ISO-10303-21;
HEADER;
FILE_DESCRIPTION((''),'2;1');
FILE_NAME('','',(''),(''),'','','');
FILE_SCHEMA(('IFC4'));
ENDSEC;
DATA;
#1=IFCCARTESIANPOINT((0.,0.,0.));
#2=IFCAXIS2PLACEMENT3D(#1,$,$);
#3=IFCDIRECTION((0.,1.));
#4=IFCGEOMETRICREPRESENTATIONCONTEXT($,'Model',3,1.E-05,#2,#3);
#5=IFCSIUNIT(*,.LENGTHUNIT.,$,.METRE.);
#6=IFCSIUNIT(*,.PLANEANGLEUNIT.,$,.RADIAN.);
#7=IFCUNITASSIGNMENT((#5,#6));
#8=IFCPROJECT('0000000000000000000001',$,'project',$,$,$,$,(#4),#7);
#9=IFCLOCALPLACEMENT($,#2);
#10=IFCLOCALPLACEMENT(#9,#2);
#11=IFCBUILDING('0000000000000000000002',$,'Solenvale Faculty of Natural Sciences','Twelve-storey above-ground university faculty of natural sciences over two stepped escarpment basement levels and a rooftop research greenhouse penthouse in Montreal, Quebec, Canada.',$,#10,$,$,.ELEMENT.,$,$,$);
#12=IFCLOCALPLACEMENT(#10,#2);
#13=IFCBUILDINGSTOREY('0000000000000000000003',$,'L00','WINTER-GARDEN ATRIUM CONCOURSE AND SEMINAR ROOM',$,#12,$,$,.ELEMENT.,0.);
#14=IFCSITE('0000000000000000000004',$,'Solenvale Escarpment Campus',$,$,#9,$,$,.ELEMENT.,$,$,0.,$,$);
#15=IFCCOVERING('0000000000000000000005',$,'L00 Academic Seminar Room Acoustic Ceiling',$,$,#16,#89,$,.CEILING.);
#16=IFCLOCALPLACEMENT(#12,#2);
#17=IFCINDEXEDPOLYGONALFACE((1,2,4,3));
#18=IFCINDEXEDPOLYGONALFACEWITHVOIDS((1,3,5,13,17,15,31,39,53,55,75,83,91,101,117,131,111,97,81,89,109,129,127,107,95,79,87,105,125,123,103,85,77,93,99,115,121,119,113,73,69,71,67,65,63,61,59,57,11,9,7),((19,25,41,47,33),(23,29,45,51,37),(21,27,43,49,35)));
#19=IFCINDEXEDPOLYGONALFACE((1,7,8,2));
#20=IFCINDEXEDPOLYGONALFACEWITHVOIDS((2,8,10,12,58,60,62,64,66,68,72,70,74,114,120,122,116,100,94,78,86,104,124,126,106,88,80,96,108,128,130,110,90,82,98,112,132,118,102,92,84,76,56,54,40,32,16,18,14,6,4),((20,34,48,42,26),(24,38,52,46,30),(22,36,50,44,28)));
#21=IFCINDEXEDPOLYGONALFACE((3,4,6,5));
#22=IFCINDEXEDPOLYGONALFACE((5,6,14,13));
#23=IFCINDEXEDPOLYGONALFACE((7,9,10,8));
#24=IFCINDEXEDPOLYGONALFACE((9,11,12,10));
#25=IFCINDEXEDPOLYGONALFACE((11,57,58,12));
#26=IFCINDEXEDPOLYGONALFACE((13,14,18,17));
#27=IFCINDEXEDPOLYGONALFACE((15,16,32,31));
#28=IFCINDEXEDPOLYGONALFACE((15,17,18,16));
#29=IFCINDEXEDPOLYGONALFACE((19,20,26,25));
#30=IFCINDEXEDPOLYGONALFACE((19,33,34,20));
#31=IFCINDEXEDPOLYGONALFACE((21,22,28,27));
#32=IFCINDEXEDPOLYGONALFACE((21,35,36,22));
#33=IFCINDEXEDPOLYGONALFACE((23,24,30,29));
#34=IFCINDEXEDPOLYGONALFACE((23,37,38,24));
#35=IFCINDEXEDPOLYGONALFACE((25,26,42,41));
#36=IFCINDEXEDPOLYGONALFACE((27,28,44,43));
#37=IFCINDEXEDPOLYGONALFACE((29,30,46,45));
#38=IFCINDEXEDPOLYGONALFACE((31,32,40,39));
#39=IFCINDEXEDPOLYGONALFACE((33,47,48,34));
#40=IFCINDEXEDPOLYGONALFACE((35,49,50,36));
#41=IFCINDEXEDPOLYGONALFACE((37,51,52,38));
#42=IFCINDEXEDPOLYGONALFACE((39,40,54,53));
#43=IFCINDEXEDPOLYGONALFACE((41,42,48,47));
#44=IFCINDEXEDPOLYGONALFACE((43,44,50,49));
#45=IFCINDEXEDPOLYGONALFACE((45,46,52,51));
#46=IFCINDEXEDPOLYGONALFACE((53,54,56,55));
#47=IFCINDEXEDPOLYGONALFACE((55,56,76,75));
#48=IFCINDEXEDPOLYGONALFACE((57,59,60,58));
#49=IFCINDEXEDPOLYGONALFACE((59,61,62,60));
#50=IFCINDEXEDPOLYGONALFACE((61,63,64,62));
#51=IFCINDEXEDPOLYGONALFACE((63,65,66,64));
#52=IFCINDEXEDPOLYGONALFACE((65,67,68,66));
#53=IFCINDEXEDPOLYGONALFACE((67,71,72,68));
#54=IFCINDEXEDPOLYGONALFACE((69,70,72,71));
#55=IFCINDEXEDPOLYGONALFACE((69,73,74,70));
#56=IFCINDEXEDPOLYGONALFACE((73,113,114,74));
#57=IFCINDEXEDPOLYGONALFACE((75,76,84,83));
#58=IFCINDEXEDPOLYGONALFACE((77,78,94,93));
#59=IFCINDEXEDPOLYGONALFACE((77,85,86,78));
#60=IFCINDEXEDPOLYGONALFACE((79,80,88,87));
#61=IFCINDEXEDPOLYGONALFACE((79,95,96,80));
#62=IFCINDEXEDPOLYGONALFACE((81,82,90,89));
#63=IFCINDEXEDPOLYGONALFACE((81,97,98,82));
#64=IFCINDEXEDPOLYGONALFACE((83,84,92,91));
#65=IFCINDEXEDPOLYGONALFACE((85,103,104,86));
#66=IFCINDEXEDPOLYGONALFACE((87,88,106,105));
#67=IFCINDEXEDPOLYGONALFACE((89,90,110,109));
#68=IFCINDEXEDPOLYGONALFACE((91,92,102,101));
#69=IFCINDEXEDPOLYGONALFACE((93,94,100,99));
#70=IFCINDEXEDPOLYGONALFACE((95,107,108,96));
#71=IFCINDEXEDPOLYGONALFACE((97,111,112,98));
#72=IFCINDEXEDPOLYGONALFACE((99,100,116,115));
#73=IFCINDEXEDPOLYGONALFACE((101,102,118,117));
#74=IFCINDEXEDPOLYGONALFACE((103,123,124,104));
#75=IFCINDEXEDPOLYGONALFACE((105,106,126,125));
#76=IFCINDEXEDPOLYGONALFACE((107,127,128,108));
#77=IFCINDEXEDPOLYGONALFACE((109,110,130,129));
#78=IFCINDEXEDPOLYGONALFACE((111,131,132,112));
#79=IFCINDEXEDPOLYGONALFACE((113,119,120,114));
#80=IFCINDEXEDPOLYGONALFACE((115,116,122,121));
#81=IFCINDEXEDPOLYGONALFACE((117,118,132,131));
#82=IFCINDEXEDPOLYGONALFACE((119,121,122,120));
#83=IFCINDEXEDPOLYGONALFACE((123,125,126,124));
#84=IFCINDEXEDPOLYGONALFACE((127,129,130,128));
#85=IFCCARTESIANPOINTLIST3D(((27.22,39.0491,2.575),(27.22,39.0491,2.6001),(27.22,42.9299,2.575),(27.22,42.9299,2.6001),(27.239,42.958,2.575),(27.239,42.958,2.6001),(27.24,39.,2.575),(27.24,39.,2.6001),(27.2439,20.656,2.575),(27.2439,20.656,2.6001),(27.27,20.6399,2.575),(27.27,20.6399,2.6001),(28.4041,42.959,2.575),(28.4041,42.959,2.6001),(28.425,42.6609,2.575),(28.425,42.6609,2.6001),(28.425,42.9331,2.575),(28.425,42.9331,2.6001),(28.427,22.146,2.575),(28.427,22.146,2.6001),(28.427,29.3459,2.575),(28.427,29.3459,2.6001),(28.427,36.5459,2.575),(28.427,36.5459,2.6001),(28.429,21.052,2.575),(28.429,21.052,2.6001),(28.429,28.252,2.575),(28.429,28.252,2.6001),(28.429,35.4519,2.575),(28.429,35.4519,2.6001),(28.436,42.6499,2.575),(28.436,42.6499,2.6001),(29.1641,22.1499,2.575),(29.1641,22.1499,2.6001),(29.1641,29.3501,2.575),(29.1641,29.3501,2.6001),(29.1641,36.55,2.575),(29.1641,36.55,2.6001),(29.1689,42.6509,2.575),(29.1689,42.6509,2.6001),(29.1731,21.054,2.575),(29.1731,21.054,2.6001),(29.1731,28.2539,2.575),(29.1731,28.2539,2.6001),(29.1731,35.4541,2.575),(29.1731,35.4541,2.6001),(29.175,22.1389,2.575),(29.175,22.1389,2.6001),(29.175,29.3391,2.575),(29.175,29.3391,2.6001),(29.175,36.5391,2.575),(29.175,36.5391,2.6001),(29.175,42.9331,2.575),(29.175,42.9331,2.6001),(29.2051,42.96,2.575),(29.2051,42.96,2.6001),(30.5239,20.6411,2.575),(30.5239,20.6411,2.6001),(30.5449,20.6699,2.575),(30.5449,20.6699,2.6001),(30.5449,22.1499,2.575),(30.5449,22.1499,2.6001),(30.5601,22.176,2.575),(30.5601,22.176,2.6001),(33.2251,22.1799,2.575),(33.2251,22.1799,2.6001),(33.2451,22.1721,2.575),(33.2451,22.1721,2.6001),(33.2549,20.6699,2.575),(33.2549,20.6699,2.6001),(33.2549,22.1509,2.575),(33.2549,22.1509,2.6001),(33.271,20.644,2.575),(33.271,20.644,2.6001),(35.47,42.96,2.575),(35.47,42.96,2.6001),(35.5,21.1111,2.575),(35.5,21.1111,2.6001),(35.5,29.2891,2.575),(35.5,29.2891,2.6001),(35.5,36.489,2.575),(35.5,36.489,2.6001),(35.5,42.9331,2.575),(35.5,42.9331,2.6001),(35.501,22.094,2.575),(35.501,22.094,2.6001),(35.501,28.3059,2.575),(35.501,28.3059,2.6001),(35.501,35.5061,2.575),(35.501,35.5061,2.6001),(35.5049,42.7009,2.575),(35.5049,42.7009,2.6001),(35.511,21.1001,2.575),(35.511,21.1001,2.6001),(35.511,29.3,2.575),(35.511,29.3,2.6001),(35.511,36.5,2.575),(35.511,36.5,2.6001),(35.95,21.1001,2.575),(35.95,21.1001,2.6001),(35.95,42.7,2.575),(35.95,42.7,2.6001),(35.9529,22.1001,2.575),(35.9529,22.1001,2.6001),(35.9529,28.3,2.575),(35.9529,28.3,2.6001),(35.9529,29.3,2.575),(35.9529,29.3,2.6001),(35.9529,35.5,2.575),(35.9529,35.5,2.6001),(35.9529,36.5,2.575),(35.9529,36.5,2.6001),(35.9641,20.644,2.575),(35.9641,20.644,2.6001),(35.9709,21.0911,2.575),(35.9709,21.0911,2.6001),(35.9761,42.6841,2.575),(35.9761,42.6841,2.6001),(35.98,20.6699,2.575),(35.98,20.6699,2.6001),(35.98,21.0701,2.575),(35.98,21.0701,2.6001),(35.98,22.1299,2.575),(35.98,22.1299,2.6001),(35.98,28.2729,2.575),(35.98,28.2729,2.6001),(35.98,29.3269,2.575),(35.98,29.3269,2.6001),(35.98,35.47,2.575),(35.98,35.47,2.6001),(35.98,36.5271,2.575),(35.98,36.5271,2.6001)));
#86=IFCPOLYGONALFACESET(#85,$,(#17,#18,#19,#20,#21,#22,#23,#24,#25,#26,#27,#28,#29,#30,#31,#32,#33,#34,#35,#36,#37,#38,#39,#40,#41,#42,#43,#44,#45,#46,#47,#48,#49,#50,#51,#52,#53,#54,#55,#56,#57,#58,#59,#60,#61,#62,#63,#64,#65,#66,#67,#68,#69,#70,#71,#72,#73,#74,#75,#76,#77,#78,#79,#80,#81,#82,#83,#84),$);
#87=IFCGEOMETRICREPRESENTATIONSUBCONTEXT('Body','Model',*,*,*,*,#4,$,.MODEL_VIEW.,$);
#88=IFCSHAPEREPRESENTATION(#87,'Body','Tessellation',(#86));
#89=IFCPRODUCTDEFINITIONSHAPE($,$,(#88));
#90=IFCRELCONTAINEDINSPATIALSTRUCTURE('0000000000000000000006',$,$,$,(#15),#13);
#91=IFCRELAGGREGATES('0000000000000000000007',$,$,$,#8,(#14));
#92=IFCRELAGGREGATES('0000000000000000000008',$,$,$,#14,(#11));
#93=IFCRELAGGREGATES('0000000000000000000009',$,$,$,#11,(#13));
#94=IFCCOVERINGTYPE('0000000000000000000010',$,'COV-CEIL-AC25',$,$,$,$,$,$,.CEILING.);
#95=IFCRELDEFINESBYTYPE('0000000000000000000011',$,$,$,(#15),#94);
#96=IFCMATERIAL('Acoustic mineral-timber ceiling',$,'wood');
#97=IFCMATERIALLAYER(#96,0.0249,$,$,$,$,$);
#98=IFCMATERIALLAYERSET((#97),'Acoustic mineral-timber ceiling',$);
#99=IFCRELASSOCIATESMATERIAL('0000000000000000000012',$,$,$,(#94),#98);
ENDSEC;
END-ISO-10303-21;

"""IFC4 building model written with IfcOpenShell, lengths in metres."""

from ifc_helpers import new_model, si_unit, direction, frame, origin, place, context, subcontext, project, spatial, polyline, outline, extrude, material, layer, layer_set, type_object, element, save


model = new_model("IFC4")

# Units and contexts
model_context = context("Model", 3, precision=1e-05, world=origin(), true_north=direction((0.0, 1.0)))
body_context = subcontext(model_context, "Body", "Model", "MODEL_VIEW")
ifc_project = project(units=[si_unit("LENGTHUNIT", "METRE"), si_unit("PLANEANGLEUNIT", "RADIAN")], contexts=[model_context])

# Site, building, storey
site_placement = place(None, origin())
site = spatial("IfcSite", under=ifc_project, at=site_placement, Name="Solenvale Escarpment Campus", CompositionType="ELEMENT", RefElevation=0.0)
building_placement = place(site_placement, origin())
building = spatial("IfcBuilding", under=site, at=building_placement, Name="Solenvale Faculty of Natural Sciences", Description="Twelve-storey above-ground university faculty of natural sciences over two stepped escarpment basement levels and a rooftop research greenhouse penthouse in Montreal, Quebec, Canada.", CompositionType="ELEMENT")
storey_placement = place(building_placement, origin())
storey = spatial("IfcBuildingStorey", under=building, at=storey_placement, Name="L00", Description="WINTER-GARDEN ATRIUM CONCOURSE AND SEMINAR ROOM", CompositionType="ELEMENT", Elevation=0.0)

# Covering
ifc_material_1 = material(Name="Acoustic mineral-timber ceiling", Category="wood")
ifc_layer_1 = layer(ifc_material_1, 0.0249)
ifc_layer_set_1 = layer_set([ifc_layer_1], Name="Acoustic mineral-timber ceiling")
covering_type_1 = type_object("IfcCoveringType", Name="COV-CEIL-AC25", PredefinedType="CEILING", material=ifc_layer_set_1)
covering_1_placement = place(storey_placement, frame((0.0, 0.0, 2.575)))
element("IfcCovering", 1, at=covering_1_placement, inside=storey, type_object=covering_type_1, Name="L00 Academic Seminar Room Acoustic Ceiling", PredefinedType="CEILING", context=body_context, shape_type="SweptSolid", body=[
    extrude(outline(polyline([(27.24, 39.0), (27.22, 39.0491), (27.22, 42.9299), (27.239, 42.958), (28.4041, 42.959), (28.425, 42.9331), (28.425, 42.6609), (28.436, 42.6499), (29.1689, 42.6509), (29.175, 42.9331), (29.2051, 42.96), (35.47, 42.96), (35.5, 42.9331), (35.5049, 42.7009), (35.95, 42.7), (35.9761, 42.6841), (35.98, 36.5271), (35.9529, 36.5), (35.511, 36.5), (35.5, 36.489), (35.501, 35.5061), (35.9529, 35.5), (35.98, 35.47), (35.98, 29.3269), (35.9529, 29.3), (35.511, 29.3), (35.5, 29.2891), (35.501, 28.3059), (35.9529, 28.3), (35.98, 28.2729), (35.98, 22.1299), (35.9529, 22.1001), (35.501, 22.094), (35.5, 21.1111), (35.511, 21.1001), (35.95, 21.1001), (35.9709, 21.0911), (35.98, 21.0701), (35.98, 20.6699), (35.9641, 20.644), (33.271, 20.644), (33.2549, 20.6699), (33.2549, 22.1509), (33.2451, 22.1721), (33.2251, 22.1799), (30.5601, 22.176), (30.5449, 22.1499), (30.5449, 20.6699), (30.5239, 20.6411), (27.27, 20.6399), (27.2439, 20.656), (27.24, 39.0)]), holes=[polyline([(29.175, 22.1389), (29.1641, 22.1499), (28.427, 22.146), (28.429, 21.052), (29.1731, 21.054), (29.175, 22.1389)]), polyline([(29.175, 29.3391), (29.1641, 29.3501), (28.427, 29.3459), (28.429, 28.252), (29.1731, 28.2539), (29.175, 29.3391)]), polyline([(29.175, 36.5391), (29.1641, 36.55), (28.427, 36.5459), (28.429, 35.4519), (29.1731, 35.4541), (29.175, 36.5391)])]), origin(), (0.0, 0.0, 1.0), 0.0251),
])

save(model, "model.ifc")
